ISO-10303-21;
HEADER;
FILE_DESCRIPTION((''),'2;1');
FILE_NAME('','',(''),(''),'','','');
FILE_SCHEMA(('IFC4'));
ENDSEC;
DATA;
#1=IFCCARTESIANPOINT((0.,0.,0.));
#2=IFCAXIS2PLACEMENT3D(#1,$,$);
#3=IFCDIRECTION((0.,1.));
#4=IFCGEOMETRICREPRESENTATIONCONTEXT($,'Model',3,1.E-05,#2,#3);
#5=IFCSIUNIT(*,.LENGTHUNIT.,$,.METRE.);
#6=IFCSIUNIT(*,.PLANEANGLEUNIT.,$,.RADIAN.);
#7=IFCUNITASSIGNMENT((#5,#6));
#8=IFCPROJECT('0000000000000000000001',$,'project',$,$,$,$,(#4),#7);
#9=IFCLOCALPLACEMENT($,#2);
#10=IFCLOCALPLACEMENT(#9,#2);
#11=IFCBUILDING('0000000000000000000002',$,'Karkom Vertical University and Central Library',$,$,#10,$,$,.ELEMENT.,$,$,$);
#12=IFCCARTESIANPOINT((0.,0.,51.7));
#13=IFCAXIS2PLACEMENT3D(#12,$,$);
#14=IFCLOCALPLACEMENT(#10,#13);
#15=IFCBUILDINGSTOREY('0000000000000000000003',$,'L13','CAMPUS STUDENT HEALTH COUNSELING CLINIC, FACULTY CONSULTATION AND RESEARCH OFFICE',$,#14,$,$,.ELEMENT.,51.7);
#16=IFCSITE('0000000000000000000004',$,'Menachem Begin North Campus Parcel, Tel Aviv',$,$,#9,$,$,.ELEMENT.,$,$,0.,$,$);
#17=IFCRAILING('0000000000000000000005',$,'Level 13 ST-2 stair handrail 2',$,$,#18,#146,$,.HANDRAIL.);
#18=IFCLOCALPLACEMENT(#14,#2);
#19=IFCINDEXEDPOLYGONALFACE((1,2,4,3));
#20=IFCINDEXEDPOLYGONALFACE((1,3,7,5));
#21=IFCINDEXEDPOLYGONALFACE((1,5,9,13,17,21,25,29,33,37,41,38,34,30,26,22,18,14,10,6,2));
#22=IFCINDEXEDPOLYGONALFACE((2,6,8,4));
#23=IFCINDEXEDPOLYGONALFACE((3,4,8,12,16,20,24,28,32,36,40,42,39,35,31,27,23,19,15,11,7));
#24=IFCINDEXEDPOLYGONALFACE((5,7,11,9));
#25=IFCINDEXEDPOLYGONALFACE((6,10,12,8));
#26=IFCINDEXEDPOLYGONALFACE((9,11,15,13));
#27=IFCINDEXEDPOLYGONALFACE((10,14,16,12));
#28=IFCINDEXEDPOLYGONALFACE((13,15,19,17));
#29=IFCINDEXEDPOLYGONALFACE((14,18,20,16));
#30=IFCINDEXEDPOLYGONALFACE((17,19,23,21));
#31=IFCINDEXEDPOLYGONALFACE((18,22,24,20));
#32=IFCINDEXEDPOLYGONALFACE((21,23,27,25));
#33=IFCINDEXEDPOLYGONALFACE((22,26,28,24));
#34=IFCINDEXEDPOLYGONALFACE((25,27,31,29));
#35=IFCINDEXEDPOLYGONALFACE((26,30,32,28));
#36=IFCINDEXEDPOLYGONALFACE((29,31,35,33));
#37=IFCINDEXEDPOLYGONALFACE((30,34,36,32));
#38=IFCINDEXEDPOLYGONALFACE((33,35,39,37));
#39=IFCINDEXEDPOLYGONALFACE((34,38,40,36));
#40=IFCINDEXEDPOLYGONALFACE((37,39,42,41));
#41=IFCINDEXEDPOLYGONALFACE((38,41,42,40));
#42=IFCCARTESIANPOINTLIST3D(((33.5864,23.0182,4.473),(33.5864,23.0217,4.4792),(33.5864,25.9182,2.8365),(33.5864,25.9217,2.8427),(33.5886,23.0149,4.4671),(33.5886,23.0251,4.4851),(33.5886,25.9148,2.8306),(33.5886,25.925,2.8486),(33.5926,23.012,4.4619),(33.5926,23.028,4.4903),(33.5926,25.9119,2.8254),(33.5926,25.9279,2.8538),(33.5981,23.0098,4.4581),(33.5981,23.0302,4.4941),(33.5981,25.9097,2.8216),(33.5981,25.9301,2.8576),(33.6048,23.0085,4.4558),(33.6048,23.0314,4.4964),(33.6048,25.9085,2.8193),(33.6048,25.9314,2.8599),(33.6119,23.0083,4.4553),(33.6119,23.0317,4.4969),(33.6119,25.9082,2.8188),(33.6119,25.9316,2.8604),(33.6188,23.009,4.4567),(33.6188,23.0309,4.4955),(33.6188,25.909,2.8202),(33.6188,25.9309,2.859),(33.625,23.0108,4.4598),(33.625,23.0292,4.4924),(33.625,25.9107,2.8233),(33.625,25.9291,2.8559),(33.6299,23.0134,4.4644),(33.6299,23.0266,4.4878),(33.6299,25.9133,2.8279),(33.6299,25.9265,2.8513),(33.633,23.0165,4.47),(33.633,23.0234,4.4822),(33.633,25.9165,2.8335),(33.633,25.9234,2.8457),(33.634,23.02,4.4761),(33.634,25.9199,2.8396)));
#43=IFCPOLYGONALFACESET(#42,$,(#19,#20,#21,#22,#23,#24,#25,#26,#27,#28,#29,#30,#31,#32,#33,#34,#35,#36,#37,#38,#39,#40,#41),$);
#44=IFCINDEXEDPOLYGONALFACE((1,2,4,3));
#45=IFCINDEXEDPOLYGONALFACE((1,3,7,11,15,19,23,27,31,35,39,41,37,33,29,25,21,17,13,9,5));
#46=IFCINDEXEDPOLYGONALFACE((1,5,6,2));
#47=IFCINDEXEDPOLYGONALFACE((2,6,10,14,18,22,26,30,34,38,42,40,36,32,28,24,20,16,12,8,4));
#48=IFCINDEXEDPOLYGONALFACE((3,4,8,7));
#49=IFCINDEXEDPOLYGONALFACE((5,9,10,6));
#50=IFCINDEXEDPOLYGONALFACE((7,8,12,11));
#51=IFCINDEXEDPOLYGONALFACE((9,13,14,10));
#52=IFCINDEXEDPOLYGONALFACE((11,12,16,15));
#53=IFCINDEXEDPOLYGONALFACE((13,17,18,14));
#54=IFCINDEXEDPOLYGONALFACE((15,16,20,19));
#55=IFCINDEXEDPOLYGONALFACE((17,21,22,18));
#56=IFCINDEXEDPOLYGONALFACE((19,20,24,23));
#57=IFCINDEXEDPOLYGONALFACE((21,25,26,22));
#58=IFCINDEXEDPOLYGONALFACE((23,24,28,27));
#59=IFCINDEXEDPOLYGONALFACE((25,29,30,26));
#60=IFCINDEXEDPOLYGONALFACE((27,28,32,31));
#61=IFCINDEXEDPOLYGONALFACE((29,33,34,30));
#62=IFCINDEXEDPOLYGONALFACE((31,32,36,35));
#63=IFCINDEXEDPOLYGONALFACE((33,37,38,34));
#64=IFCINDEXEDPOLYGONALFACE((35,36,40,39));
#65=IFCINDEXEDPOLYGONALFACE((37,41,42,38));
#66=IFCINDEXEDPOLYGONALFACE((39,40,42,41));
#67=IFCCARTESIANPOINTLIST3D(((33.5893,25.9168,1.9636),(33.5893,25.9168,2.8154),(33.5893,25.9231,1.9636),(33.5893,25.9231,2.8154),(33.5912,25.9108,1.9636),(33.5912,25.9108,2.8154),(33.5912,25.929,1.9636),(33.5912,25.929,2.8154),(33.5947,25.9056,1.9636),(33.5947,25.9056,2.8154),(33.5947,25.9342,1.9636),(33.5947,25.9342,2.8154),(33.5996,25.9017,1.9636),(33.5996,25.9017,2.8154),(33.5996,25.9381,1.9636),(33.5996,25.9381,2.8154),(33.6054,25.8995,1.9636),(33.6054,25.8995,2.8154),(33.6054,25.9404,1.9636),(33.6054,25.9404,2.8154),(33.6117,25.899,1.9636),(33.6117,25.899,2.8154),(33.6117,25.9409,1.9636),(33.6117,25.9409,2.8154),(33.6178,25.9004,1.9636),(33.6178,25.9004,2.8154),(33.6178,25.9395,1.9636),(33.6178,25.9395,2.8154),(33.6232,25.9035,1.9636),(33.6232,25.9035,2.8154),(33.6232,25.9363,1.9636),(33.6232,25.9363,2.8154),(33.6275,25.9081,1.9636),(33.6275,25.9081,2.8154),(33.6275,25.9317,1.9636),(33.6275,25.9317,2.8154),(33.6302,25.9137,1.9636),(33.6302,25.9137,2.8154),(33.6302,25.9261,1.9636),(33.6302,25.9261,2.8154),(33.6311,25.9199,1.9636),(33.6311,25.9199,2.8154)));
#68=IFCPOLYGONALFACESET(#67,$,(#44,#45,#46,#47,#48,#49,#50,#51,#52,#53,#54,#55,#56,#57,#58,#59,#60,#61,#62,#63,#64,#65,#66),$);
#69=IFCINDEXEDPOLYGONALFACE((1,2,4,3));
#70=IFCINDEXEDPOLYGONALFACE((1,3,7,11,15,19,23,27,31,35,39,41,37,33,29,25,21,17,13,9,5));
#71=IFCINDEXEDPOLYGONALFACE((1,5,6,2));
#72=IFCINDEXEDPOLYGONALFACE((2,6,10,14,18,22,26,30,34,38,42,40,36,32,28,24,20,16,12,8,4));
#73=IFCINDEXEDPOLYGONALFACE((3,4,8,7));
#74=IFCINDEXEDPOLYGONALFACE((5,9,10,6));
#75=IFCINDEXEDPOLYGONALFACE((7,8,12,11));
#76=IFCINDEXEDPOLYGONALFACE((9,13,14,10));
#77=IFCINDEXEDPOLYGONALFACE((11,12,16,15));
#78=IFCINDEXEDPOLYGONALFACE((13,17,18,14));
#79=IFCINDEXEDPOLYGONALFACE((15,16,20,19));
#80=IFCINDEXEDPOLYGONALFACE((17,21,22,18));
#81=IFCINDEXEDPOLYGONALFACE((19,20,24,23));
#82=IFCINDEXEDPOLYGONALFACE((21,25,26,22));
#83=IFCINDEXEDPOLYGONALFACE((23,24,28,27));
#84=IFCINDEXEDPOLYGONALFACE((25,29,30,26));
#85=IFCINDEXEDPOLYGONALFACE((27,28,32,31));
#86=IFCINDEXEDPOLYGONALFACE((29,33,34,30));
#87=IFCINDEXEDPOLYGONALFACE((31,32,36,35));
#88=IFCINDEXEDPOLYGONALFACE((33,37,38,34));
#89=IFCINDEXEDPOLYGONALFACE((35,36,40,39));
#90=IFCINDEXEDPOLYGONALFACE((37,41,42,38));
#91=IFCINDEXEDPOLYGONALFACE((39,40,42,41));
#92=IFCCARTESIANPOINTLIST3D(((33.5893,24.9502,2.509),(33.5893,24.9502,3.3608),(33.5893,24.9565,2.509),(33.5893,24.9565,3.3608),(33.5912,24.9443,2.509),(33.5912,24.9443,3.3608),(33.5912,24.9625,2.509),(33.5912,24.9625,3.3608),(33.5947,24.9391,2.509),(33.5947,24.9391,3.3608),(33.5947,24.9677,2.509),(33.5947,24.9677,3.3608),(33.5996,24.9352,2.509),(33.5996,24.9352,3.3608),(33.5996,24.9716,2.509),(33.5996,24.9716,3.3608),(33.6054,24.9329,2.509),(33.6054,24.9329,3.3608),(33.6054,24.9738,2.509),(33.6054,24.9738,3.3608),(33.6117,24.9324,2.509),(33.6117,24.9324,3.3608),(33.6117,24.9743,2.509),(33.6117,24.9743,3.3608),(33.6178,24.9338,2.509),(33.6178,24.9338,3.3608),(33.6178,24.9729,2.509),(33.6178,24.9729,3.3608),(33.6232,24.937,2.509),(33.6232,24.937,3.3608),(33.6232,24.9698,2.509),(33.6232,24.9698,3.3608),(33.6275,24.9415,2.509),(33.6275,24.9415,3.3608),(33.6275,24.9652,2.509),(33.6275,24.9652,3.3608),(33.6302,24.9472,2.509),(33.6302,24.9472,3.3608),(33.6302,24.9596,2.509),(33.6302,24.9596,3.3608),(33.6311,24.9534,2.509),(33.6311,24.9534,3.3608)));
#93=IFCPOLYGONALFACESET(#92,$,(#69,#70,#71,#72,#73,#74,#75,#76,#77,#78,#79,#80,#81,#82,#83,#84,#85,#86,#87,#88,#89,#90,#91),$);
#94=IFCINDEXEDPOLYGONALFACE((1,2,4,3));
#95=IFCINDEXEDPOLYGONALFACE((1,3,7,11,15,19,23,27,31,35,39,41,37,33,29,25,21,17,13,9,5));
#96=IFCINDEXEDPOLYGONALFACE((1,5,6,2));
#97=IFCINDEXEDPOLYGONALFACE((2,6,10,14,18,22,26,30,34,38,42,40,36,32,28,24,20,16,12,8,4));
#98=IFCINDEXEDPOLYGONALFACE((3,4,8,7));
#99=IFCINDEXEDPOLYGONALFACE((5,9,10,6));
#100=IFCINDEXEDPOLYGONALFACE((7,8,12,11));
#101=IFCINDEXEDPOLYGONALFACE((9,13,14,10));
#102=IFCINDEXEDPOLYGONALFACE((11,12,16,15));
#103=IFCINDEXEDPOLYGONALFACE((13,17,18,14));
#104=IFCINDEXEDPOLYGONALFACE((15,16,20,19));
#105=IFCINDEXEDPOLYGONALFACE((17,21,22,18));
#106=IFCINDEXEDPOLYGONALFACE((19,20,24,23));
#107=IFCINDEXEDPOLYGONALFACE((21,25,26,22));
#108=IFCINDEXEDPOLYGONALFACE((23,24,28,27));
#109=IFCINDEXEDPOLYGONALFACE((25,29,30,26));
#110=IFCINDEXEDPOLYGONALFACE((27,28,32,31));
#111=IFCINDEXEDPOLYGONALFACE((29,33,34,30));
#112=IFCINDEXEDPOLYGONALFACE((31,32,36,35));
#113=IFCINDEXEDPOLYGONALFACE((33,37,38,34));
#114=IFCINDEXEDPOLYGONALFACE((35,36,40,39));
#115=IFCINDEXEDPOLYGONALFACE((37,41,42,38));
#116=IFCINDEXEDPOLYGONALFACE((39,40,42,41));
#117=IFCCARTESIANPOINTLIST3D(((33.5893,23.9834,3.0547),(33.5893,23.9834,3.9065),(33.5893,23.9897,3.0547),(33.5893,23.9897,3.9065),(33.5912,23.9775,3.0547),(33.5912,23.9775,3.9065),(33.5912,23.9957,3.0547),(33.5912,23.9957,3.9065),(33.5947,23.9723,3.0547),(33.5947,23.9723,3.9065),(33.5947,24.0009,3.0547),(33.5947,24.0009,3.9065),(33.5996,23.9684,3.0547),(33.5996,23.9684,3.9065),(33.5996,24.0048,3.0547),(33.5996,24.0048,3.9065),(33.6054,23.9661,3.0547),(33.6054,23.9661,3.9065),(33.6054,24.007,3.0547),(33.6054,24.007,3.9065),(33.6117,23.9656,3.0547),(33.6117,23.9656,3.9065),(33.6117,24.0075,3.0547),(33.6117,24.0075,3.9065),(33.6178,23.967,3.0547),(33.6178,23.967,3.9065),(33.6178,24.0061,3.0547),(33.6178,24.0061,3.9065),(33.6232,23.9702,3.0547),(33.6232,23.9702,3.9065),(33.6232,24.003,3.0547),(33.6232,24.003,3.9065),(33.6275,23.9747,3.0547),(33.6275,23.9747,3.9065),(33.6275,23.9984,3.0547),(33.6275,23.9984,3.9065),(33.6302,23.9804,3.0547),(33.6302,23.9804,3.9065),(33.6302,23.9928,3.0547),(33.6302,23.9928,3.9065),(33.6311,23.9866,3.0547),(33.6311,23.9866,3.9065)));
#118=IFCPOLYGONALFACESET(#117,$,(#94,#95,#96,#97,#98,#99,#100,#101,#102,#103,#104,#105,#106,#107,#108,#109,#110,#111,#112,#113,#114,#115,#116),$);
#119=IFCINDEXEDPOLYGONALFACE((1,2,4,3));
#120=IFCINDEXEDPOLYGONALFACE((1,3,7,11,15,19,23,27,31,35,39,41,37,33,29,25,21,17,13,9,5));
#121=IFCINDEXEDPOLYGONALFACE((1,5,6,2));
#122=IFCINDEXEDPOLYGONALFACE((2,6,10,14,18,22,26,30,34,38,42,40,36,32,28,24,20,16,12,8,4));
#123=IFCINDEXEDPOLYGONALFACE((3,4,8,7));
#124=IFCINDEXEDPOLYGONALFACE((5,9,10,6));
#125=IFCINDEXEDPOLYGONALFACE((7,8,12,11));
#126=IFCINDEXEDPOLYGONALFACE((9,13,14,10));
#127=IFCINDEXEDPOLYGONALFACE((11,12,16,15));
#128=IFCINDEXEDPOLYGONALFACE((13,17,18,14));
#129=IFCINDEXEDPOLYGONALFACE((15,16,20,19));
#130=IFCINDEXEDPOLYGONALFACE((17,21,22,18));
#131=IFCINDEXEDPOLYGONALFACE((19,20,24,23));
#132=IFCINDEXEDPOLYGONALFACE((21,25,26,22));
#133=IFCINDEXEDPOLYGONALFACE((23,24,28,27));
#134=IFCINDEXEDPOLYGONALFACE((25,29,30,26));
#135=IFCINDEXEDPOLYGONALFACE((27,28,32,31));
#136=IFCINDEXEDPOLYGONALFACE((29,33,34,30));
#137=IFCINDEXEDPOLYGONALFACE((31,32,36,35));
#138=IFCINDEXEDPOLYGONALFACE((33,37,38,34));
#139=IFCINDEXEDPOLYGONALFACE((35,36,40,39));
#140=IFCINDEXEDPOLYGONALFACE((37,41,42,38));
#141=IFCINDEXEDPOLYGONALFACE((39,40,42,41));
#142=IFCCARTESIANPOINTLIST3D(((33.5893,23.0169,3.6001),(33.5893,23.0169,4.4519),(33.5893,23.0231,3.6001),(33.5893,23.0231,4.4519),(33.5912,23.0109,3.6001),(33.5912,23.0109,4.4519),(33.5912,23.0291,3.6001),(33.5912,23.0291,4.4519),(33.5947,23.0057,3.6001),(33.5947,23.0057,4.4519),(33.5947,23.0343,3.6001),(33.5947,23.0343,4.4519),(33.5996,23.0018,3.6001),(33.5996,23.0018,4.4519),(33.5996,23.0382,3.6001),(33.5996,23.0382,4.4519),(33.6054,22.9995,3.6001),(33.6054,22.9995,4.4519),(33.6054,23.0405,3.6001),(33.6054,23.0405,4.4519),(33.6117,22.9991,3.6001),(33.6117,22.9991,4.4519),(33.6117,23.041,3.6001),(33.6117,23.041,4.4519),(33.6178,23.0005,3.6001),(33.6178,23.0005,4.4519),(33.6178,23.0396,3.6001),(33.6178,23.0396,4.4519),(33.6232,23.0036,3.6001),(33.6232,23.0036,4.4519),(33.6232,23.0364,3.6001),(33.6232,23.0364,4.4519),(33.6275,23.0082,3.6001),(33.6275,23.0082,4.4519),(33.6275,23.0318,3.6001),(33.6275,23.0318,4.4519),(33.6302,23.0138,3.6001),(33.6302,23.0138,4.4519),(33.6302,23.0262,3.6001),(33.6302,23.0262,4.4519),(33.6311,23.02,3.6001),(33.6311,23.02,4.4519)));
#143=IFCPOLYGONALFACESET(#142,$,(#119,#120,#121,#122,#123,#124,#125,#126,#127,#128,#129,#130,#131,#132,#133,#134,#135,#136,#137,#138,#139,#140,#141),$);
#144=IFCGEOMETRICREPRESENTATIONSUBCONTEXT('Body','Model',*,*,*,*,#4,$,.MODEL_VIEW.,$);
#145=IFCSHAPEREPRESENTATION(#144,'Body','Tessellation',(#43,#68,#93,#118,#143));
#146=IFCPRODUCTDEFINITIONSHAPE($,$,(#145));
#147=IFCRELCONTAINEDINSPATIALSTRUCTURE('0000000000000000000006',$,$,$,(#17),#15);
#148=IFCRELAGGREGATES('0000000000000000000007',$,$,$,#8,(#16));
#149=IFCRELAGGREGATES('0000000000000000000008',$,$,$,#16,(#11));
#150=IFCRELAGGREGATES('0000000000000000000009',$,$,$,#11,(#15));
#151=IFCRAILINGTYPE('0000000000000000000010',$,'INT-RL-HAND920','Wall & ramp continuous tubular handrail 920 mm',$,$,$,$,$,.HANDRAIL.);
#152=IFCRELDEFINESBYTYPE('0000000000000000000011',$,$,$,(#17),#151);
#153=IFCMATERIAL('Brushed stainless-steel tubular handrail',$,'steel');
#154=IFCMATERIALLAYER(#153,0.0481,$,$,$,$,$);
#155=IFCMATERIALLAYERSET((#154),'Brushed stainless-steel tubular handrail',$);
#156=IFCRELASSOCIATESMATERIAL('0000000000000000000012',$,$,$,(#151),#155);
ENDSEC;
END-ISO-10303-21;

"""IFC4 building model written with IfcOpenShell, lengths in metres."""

from ifc_helpers import new_model, si_unit, direction, frame, origin, origin_2d, place, context, subcontext, project, spatial, circle, extrude, material, layer, layer_set, type_object, element, save


model = new_model("IFC4")

# Units and contexts
model_context = context("Model", 3, precision=1e-05, world=origin(), true_north=direction((0.0, 1.0)))
body_context = subcontext(model_context, "Body", "Model", "MODEL_VIEW")
ifc_project = project(units=[si_unit("LENGTHUNIT", "METRE"), si_unit("PLANEANGLEUNIT", "RADIAN")], contexts=[model_context])

# Site, building, storey
site_placement = place(None, origin())
site = spatial("IfcSite", under=ifc_project, at=site_placement, Name="Menachem Begin North Campus Parcel, Tel Aviv", CompositionType="ELEMENT", RefElevation=0.0)
building_placement = place(site_placement, origin())
building = spatial("IfcBuilding", under=site, at=building_placement, Name="Karkom Vertical University and Central Library", CompositionType="ELEMENT")
storey_placement = place(building_placement, frame((0.0, 0.0, 51.7)))
storey = spatial("IfcBuildingStorey", under=building, at=storey_placement, Name="L13", Description="CAMPUS STUDENT HEALTH COUNSELING CLINIC, FACULTY CONSULTATION AND RESEARCH OFFICE", CompositionType="ELEMENT", Elevation=51.7)

# Railing
ifc_material_1 = material(Name="Brushed stainless-steel tubular handrail", Category="steel")
ifc_layer_1 = layer(ifc_material_1, 0.0481)
ifc_layer_set_1 = layer_set([ifc_layer_1], Name="Brushed stainless-steel tubular handrail")
railing_type_1 = type_object("IfcRailingType", Name="INT-RL-HAND920", Description="Wall & ramp continuous tubular handrail 920 mm", PredefinedType="HANDRAIL", material=ifc_layer_set_1)
railing_1_placement = place(storey_placement, frame((33.6101, 25.9199, 1.9636)))
element("IfcRailing", 1, at=railing_1_placement, inside=storey, type_object=railing_type_1, Name="Level 13 ST-2 stair handrail 2", PredefinedType="HANDRAIL", context=body_context, shape_type="SweptSolid", body=[
    extrude(circle(Radius=0.0239, at=origin_2d()), frame((0.0, 0.0, 0.876), z_axis=(0.0, -0.870897, 0.491465), x_axis=(1.0, 0.0, 0.0)), (0.0, 0.0, 1.0), 3.3298),
    extrude(circle(Radius=0.021, at=origin_2d()), origin(), (0.0, 0.0, 1.0), 0.8518),
    extrude(circle(Radius=0.021, at=origin_2d()), frame((0.0, -0.9666, 0.5454)), (0.0, 0.0, 1.0), 0.8518),
    extrude(circle(Radius=0.021, at=origin_2d()), frame((0.0, -1.9333, 1.0911)), (0.0, 0.0, 1.0), 0.8518),
    extrude(circle(Radius=0.021, at=origin_2d()), frame((0.0, -2.8999, 1.6365)), (0.0, 0.0, 1.0), 0.8518),
])

save(model, "model.ifc")
